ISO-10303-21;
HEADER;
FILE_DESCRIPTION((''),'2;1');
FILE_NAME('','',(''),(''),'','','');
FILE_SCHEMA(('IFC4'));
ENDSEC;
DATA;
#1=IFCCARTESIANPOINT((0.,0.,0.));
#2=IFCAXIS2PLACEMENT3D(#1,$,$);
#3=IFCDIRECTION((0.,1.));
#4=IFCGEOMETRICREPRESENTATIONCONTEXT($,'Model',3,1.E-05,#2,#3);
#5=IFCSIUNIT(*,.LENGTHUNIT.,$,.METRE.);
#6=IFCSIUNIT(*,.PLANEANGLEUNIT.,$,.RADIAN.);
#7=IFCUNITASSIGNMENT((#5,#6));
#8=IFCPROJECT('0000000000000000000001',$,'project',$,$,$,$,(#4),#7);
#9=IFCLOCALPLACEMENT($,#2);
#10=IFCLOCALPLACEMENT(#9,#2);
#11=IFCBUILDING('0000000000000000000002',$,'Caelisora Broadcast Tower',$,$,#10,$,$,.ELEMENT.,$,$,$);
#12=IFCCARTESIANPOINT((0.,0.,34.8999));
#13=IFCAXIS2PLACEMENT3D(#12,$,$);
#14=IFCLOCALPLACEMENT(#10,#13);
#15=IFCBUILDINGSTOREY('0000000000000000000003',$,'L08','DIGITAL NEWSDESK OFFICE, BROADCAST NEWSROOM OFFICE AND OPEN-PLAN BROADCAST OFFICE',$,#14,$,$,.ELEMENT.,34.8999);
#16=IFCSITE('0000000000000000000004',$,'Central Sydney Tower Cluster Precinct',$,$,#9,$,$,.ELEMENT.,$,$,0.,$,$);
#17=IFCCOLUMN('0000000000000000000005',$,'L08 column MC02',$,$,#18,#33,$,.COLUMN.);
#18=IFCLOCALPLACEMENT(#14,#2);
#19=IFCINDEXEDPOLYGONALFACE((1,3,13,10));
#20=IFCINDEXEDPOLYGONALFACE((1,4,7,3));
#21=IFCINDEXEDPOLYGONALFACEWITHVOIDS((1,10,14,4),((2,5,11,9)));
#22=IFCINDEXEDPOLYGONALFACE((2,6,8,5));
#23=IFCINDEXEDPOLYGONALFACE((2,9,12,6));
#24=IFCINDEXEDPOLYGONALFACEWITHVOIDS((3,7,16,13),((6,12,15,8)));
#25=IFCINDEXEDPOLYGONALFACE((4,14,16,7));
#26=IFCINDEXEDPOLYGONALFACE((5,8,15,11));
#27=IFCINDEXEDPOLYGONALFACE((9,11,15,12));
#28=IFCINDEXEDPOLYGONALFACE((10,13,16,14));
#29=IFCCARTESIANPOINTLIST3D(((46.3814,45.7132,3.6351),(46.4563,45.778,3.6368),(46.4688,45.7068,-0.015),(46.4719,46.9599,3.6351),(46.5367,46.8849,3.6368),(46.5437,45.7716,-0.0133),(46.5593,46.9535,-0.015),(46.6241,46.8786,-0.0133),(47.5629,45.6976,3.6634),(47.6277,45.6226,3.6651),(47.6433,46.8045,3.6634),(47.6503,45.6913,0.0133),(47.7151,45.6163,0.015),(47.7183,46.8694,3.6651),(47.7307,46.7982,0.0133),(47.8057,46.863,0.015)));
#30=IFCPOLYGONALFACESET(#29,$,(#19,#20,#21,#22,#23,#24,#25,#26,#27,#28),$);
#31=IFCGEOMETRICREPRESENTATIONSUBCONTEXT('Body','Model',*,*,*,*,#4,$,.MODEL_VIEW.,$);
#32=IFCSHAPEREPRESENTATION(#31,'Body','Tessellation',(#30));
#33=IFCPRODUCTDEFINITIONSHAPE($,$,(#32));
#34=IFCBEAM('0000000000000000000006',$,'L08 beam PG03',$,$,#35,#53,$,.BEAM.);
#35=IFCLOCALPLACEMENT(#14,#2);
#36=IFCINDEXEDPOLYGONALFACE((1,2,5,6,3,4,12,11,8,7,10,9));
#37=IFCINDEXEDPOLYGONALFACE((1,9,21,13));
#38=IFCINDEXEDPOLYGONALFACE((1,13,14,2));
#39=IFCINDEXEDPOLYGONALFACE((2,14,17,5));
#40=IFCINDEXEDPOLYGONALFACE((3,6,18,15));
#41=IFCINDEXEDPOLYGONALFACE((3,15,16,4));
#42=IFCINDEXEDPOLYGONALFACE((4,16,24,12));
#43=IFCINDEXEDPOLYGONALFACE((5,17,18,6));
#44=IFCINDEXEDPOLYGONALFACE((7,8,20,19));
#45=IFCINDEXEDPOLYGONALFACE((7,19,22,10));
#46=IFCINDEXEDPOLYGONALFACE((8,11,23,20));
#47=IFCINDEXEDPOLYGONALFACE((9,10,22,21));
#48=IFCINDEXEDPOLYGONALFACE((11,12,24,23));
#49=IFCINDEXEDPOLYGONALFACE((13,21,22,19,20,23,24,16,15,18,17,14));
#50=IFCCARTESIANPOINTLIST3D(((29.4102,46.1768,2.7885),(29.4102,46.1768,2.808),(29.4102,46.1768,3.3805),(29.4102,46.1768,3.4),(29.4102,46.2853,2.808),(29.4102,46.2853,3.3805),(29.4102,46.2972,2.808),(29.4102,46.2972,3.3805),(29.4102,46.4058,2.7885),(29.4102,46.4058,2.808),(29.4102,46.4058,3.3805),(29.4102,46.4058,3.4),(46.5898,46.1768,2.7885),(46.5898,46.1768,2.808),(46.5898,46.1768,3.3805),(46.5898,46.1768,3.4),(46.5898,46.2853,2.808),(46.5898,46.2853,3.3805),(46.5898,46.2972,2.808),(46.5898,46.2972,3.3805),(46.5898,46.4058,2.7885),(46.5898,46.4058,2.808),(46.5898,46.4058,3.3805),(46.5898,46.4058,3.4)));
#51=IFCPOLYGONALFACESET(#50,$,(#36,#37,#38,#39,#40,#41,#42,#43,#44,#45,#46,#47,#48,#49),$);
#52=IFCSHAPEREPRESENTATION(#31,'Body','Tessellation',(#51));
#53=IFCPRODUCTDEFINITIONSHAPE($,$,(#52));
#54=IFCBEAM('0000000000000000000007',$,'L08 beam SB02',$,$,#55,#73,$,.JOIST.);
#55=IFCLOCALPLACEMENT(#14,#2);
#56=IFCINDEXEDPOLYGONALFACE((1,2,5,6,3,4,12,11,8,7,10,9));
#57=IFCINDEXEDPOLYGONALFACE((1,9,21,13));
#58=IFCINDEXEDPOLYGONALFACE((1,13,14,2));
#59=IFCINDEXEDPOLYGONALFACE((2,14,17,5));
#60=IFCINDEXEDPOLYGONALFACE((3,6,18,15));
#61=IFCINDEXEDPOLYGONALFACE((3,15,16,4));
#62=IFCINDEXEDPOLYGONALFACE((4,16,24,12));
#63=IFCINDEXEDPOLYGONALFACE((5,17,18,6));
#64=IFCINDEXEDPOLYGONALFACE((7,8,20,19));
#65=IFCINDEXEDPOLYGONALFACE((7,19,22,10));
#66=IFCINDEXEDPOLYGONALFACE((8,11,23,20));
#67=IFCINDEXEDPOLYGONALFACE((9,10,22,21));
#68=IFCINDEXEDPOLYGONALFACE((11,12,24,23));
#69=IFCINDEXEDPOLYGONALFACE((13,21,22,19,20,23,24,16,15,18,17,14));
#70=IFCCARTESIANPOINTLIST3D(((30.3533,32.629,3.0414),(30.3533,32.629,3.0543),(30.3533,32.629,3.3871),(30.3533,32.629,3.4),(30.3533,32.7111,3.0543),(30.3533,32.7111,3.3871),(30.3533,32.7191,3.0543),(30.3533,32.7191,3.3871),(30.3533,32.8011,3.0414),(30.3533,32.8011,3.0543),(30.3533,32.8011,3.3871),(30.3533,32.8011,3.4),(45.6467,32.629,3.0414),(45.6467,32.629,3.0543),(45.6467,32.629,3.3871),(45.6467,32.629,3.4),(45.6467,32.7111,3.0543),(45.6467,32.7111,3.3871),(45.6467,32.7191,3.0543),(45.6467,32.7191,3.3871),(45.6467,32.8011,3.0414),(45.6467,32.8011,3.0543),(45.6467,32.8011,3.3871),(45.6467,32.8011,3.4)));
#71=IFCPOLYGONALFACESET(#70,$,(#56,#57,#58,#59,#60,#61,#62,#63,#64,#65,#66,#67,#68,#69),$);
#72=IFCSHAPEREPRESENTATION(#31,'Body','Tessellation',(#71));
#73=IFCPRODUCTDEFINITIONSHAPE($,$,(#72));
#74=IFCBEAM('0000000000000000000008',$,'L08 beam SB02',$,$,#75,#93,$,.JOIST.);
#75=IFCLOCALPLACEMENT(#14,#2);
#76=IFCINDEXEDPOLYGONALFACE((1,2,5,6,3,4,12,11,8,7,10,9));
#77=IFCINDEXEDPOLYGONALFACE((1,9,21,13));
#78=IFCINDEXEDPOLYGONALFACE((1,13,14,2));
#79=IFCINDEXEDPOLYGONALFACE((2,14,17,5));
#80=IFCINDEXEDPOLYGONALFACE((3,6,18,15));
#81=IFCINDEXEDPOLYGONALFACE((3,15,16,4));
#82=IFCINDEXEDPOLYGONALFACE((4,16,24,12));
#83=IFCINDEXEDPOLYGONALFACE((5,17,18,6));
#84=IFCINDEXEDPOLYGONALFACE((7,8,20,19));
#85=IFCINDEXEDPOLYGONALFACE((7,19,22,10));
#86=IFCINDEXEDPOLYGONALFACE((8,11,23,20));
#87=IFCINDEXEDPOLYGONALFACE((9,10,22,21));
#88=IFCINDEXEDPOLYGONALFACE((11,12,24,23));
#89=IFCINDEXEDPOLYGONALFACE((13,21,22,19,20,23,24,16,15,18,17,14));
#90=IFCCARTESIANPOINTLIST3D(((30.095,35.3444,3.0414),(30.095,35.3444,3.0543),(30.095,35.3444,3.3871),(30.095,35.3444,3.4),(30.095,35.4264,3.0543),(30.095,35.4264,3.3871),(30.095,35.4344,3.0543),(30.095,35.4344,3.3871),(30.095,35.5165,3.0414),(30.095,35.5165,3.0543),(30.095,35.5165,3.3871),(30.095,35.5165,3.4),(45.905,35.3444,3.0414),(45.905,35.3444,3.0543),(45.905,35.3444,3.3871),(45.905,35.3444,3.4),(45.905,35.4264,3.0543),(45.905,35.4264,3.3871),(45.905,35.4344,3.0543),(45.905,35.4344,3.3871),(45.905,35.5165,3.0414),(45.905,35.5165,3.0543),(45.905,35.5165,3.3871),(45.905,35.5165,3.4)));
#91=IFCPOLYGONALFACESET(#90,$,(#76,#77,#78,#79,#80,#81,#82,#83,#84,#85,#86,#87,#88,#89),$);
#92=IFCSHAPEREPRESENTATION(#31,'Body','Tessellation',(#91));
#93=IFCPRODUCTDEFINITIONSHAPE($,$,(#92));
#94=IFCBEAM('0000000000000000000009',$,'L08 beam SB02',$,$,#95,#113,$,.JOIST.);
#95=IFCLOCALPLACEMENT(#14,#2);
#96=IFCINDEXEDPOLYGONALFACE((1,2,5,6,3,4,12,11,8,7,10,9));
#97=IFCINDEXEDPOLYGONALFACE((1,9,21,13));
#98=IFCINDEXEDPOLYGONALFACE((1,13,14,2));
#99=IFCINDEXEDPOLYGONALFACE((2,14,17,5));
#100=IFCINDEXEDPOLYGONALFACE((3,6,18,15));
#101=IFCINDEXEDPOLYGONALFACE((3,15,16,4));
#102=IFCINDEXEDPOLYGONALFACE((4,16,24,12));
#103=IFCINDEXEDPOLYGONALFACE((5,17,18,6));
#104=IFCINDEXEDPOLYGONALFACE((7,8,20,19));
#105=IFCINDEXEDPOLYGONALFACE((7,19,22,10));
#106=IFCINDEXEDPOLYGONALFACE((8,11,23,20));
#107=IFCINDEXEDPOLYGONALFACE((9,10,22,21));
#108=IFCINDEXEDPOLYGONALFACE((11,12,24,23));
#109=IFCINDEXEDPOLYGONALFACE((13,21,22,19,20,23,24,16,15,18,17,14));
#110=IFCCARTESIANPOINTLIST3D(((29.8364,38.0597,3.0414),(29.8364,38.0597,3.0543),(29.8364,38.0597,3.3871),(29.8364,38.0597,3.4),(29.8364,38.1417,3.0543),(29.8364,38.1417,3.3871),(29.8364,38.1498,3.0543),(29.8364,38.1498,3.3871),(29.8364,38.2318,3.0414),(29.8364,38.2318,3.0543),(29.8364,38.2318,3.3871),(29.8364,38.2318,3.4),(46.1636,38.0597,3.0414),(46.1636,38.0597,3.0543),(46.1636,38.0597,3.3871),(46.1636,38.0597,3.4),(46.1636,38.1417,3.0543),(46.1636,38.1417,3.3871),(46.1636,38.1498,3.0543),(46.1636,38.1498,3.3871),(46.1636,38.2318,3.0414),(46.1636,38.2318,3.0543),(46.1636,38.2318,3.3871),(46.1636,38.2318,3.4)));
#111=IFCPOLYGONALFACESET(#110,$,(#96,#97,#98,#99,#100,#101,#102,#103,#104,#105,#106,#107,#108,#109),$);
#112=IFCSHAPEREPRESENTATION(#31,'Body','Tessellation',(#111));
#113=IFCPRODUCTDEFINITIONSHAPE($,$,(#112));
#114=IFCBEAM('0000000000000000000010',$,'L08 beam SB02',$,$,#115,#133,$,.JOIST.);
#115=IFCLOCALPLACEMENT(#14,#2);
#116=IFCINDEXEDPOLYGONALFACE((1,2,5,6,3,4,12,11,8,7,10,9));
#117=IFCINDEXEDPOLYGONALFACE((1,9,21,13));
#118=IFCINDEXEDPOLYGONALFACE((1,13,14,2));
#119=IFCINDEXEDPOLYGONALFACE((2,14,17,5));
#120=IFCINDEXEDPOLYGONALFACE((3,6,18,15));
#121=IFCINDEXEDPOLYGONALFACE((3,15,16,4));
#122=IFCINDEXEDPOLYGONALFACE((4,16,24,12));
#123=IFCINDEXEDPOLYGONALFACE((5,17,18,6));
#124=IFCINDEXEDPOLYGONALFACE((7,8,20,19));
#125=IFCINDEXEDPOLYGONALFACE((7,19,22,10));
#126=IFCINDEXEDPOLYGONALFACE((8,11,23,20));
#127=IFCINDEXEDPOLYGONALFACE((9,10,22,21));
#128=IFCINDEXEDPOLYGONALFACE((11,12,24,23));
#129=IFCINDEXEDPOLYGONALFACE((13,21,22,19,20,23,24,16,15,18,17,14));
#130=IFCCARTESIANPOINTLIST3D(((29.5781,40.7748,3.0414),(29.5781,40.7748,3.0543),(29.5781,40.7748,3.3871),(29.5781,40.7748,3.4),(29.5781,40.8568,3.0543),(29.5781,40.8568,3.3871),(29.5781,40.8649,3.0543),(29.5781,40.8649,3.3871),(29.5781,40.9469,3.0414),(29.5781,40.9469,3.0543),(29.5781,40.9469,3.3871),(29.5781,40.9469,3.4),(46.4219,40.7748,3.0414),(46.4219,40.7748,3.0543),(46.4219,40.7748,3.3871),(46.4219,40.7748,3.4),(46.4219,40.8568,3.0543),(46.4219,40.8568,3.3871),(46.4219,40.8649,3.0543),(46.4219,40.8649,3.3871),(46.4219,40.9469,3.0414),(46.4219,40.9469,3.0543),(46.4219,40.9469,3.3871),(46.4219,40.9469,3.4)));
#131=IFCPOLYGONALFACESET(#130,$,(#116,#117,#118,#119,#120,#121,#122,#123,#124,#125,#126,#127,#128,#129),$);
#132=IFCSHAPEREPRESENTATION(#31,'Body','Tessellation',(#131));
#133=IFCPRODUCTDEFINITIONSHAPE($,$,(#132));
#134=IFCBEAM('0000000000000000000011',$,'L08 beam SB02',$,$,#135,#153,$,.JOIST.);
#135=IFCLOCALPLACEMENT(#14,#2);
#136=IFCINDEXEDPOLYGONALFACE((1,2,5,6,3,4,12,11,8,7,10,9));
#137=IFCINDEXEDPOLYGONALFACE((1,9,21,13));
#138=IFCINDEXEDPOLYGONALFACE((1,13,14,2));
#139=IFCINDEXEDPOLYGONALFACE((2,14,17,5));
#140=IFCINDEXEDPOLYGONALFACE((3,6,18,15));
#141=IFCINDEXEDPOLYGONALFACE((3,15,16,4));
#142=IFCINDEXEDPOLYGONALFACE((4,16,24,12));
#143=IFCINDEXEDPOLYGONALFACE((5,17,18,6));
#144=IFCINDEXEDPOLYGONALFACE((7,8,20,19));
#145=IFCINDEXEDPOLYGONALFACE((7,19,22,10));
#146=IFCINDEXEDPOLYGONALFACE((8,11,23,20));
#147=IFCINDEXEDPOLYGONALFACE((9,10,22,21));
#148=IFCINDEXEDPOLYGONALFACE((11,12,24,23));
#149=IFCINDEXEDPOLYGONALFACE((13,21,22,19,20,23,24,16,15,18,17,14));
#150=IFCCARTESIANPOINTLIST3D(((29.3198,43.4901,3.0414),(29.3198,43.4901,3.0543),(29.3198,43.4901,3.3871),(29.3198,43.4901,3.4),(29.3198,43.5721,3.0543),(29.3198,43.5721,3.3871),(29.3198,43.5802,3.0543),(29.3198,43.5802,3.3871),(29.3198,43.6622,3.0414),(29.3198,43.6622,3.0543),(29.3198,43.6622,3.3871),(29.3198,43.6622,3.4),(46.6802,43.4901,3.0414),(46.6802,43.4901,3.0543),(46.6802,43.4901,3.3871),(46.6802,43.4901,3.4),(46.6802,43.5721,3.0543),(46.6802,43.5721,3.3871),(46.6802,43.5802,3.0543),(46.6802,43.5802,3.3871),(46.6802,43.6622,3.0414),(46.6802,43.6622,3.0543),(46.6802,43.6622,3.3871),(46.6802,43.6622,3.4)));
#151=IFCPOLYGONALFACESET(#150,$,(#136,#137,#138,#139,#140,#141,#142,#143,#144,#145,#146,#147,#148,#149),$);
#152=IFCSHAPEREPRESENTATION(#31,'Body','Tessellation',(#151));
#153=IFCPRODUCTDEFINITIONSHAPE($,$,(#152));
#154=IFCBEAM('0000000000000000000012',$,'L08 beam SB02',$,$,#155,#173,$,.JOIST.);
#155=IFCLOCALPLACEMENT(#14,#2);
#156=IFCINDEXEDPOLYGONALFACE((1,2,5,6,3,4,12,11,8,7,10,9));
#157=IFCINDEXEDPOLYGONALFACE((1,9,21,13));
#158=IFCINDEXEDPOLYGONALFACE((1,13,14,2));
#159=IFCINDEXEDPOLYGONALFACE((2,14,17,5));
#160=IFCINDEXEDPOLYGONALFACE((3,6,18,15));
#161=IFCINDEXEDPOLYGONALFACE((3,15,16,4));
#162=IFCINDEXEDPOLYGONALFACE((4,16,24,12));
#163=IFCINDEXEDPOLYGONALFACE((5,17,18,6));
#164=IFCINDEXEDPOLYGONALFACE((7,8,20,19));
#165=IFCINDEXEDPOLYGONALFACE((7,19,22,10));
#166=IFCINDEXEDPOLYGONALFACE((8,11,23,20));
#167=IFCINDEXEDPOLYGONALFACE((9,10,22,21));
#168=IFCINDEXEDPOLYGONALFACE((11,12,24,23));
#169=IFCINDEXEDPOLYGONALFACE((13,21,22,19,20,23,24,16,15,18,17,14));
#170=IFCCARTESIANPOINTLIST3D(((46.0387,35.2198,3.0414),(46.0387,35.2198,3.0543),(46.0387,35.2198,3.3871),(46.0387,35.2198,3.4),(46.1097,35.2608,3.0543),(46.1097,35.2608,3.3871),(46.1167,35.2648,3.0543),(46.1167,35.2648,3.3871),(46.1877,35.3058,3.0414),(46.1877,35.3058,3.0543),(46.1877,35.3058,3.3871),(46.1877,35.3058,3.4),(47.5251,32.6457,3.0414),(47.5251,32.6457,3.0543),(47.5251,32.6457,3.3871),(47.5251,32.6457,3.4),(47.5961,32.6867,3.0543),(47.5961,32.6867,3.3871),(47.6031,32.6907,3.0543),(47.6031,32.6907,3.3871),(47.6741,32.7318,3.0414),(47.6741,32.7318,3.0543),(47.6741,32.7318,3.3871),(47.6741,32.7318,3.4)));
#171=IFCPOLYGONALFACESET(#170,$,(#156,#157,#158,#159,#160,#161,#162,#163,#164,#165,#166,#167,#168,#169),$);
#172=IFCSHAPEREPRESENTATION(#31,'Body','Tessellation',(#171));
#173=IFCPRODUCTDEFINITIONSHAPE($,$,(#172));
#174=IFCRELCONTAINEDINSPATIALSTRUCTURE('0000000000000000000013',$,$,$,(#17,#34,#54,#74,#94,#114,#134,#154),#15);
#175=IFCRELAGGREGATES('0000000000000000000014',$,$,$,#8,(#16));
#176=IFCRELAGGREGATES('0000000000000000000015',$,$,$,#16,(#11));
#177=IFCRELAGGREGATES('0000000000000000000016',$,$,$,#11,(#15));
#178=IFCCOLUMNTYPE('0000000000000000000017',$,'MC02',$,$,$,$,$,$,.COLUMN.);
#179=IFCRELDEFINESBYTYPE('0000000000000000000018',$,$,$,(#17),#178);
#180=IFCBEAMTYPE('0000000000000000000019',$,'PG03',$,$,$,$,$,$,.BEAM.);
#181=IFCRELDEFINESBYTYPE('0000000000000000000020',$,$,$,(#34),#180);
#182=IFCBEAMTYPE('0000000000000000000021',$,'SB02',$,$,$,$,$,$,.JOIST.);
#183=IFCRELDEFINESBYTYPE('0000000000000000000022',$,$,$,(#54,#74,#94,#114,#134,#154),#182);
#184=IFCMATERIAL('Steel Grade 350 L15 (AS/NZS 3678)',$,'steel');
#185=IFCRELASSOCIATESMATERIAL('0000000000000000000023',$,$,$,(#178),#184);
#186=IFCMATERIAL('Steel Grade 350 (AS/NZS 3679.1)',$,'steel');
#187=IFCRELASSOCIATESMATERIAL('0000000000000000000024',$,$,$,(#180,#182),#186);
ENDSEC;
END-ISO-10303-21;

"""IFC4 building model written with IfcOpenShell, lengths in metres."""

from ifc_helpers import new_model, si_unit, direction, frame, origin, origin_2d, place, context, subcontext, project, spatial, hollow_rectangle, i_section, extrude, source, transform, mapped, material, material_profile, profile_set, type_object, type_shapes, element, save


model = new_model("IFC4")

# Units and contexts
model_context = context("Model", 3, precision=1e-05, world=origin(), true_north=direction((0.0, 1.0)))
body_context = subcontext(model_context, "Body", "Model", "MODEL_VIEW")
ifc_project = project(units=[si_unit("LENGTHUNIT", "METRE"), si_unit("PLANEANGLEUNIT", "RADIAN")], contexts=[model_context])

# Site, building, storey
site_placement = place(None, origin())
site = spatial("IfcSite", under=ifc_project, at=site_placement, Name="Central Sydney Tower Cluster Precinct", CompositionType="ELEMENT", RefElevation=0.0)
building_placement = place(site_placement, origin())
building = spatial("IfcBuilding", under=site, at=building_placement, Name="Caelisora Broadcast Tower", CompositionType="ELEMENT")
storey_placement = place(building_placement, frame((0.0, 0.0, 34.8999)))
storey = spatial("IfcBuildingStorey", under=building, at=storey_placement, Name="L08", Description="DIGITAL NEWSDESK OFFICE, BROADCAST NEWSROOM OFFICE AND OPEN-PLAN BROADCAST OFFICE", CompositionType="ELEMENT", Elevation=34.8999)

# Column
ifc_material_1 = material(Name="Steel Grade 350 L15 (AS/NZS 3678)", Category="steel")
ifc_material_profile_1 = material_profile(ifc_material_1, hollow_rectangle(XDim=1.25, YDim=1.25, WallThickness=0.0701, at=origin_2d()), Name="Steel Grade 350 L15 (AS/NZS 3678)")
ifc_profile_set_1 = profile_set([ifc_material_profile_1], Name="Steel Grade 350 L15 (AS/NZS 3678)")
column_type = type_object("IfcColumnType", Name="MC02", PredefinedType="COLUMN", material=ifc_profile_set_1)
shared_shape_1 = source(origin(), body_context, "Body", "SweptSolid", [
    extrude(hollow_rectangle(XDim=1.25, YDim=1.25, WallThickness=0.0701, at=origin_2d()), origin(), (0.0, 0.0, 1.0), 3.6511),
])
type_shapes(column_type, [shared_shape_1])
column_placement = place(storey_placement, frame((47.1372, 46.2849, 0.0), z_axis=(-0.023938, 0.001739, 0.999712), x_axis=(-0.072435, -0.997373, 0.0)))
element("IfcColumn", 1, at=column_placement, inside=storey, type_object=column_type, Name="L08 column MC02", PredefinedType="COLUMN", context=body_context, shape_type="MappedRepresentation", body=[
    mapped(shared_shape_1, transform((0.0, 0.0, 0.0), scale=1.0)),
])

# Beams
ifc_material_2 = material(Name="Steel Grade 350 (AS/NZS 3679.1)", Category="steel")
ifc_material_profile_2 = material_profile(ifc_material_2, i_section(OverallWidth=0.229, OverallDepth=0.6116, WebThickness=0.012, FlangeThickness=0.0195, at=origin_2d()), Name="Steel Grade 350 (AS/NZS 3679.1)")
ifc_profile_set_2 = profile_set([ifc_material_profile_2], Name="Steel Grade 350 (AS/NZS 3679.1)")
beam_type_1 = type_object("IfcBeamType", Name="PG03", PredefinedType="BEAM", material=ifc_profile_set_2)
shared_shape_2 = source(origin(), body_context, "Body", "SweptSolid", [
    extrude(i_section(OverallWidth=0.229, OverallDepth=0.6116, WebThickness=0.012, FlangeThickness=0.0195, at=origin_2d()), origin(), (0.0, 0.0, 1.0), 17.1797),
])
type_shapes(beam_type_1, [shared_shape_2])
beam_1_placement = place(storey_placement, frame((46.5898, 46.2913, 3.0942), z_axis=(-1.0, 0.0, 0.0), x_axis=(0.0, -1.0, 0.0)))
element("IfcBeam", 2, at=beam_1_placement, inside=storey, type_object=beam_type_1, Name="L08 beam PG03", PredefinedType="BEAM", context=body_context, shape_type="MappedRepresentation", body=[
    mapped(shared_shape_2, transform((0.0, 0.0, 0.0), scale=1.0)),
])
ifc_material_profile_3 = material_profile(ifc_material_2, i_section(OverallWidth=0.1721, OverallDepth=0.3586, WebThickness=0.0081, FlangeThickness=0.0129, at=origin_2d()), Name="Steel Grade 350 (AS/NZS 3679.1)")
ifc_profile_set_3 = profile_set([ifc_material_profile_3], Name="Steel Grade 350 (AS/NZS 3679.1)")
beam_type_2 = type_object("IfcBeamType", Name="SB02", PredefinedType="JOIST", material=ifc_profile_set_3)
shared_shape_3 = source(origin(), body_context, "Body", "SweptSolid", [
    extrude(i_section(OverallWidth=0.1721, OverallDepth=0.3586, WebThickness=0.0081, FlangeThickness=0.0129, at=origin_2d()), origin(), (0.0, 0.0, 1.0), 15.2935),
])
beam_2_placement = place(storey_placement, frame((45.6467, 32.7151, 3.2207), z_axis=(-1.0, 0.0, 0.0), x_axis=(0.0, -1.0, 0.0)))
element("IfcBeam", 3, at=beam_2_placement, inside=storey, type_object=beam_type_2, Name="L08 beam SB02", PredefinedType="JOIST", context=body_context, shape_type="MappedRepresentation", body=[
    mapped(shared_shape_3, transform((0.0, 0.0, 0.0), scale=1.0)),
])
shared_shape_4 = source(origin(), body_context, "Body", "SweptSolid", [
    extrude(i_section(OverallWidth=0.1721, OverallDepth=0.3586, WebThickness=0.0081, FlangeThickness=0.0129, at=origin_2d()), origin(), (0.0, 0.0, 1.0), 15.8101),
])
beam_3_placement = place(storey_placement, frame((45.905, 35.4304, 3.2207), z_axis=(-1.0, 0.0, 0.0), x_axis=(0.0, -1.0, 0.0)))
element("IfcBeam", 4, at=beam_3_placement, inside=storey, type_object=beam_type_2, Name="L08 beam SB02", PredefinedType="JOIST", context=body_context, shape_type="MappedRepresentation", body=[
    mapped(shared_shape_4, transform((0.0, 0.0, 0.0), scale=1.0)),
])
shared_shape_5 = source(origin(), body_context, "Body", "SweptSolid", [
    extrude(i_section(OverallWidth=0.1721, OverallDepth=0.3586, WebThickness=0.0081, FlangeThickness=0.0129, at=origin_2d()), origin(), (0.0, 0.0, 1.0), 16.3271),
])
beam_4_placement = place(storey_placement, frame((46.1636, 38.1458, 3.2207), z_axis=(-1.0, 0.0, 0.0), x_axis=(0.0, -1.0, 0.0)))
element("IfcBeam", 5, at=beam_4_placement, inside=storey, type_object=beam_type_2, Name="L08 beam SB02", PredefinedType="JOIST", context=body_context, shape_type="MappedRepresentation", body=[
    mapped(shared_shape_5, transform((0.0, 0.0, 0.0), scale=1.0)),
])
shared_shape_6 = source(origin(), body_context, "Body", "SweptSolid", [
    extrude(i_section(OverallWidth=0.1721, OverallDepth=0.3586, WebThickness=0.0081, FlangeThickness=0.0129, at=origin_2d()), origin(), (0.0, 0.0, 1.0), 16.8438),
])
beam_5_placement = place(storey_placement, frame((46.4219, 40.8608, 3.2207), z_axis=(-1.0, 0.0, 0.0), x_axis=(0.0, -1.0, 0.0)))
element("IfcBeam", 6, at=beam_5_placement, inside=storey, type_object=beam_type_2, Name="L08 beam SB02", PredefinedType="JOIST", context=body_context, shape_type="MappedRepresentation", body=[
    mapped(shared_shape_6, transform((0.0, 0.0, 0.0), scale=1.0)),
])
shared_shape_7 = source(origin(), body_context, "Body", "SweptSolid", [
    extrude(i_section(OverallWidth=0.1721, OverallDepth=0.3586, WebThickness=0.0081, FlangeThickness=0.0129, at=origin_2d()), origin(), (0.0, 0.0, 1.0), 17.3604),
])
beam_6_placement = place(storey_placement, frame((46.6802, 43.5762, 3.2207), z_axis=(-1.0, 0.0, 0.0), x_axis=(0.0, -1.0, 0.0)))
element("IfcBeam", 7, at=beam_6_placement, inside=storey, type_object=beam_type_2, Name="L08 beam SB02", PredefinedType="JOIST", context=body_context, shape_type="MappedRepresentation", body=[
    mapped(shared_shape_7, transform((0.0, 0.0, 0.0), scale=1.0)),
])
shared_shape_8 = source(origin(), body_context, "Body", "SweptSolid", [
    extrude(i_section(OverallWidth=0.1721, OverallDepth=0.3586, WebThickness=0.0081, FlangeThickness=0.0129, at=origin_2d()), origin(), (0.0, 0.0, 1.0), 2.9724),
])
beam_7_placement = place(storey_placement, frame((47.5996, 32.6887, 3.2207), z_axis=(-0.500061, 0.86599, 0.0), x_axis=(-0.86599, -0.500061, 0.0)))
element("IfcBeam", 8, at=beam_7_placement, inside=storey, type_object=beam_type_2, Name="L08 beam SB02", PredefinedType="JOIST", context=body_context, shape_type="MappedRepresentation", body=[
    mapped(shared_shape_8, transform((0.0, 0.0, 0.0), scale=1.0)),
])

save(model, "model.ifc")
